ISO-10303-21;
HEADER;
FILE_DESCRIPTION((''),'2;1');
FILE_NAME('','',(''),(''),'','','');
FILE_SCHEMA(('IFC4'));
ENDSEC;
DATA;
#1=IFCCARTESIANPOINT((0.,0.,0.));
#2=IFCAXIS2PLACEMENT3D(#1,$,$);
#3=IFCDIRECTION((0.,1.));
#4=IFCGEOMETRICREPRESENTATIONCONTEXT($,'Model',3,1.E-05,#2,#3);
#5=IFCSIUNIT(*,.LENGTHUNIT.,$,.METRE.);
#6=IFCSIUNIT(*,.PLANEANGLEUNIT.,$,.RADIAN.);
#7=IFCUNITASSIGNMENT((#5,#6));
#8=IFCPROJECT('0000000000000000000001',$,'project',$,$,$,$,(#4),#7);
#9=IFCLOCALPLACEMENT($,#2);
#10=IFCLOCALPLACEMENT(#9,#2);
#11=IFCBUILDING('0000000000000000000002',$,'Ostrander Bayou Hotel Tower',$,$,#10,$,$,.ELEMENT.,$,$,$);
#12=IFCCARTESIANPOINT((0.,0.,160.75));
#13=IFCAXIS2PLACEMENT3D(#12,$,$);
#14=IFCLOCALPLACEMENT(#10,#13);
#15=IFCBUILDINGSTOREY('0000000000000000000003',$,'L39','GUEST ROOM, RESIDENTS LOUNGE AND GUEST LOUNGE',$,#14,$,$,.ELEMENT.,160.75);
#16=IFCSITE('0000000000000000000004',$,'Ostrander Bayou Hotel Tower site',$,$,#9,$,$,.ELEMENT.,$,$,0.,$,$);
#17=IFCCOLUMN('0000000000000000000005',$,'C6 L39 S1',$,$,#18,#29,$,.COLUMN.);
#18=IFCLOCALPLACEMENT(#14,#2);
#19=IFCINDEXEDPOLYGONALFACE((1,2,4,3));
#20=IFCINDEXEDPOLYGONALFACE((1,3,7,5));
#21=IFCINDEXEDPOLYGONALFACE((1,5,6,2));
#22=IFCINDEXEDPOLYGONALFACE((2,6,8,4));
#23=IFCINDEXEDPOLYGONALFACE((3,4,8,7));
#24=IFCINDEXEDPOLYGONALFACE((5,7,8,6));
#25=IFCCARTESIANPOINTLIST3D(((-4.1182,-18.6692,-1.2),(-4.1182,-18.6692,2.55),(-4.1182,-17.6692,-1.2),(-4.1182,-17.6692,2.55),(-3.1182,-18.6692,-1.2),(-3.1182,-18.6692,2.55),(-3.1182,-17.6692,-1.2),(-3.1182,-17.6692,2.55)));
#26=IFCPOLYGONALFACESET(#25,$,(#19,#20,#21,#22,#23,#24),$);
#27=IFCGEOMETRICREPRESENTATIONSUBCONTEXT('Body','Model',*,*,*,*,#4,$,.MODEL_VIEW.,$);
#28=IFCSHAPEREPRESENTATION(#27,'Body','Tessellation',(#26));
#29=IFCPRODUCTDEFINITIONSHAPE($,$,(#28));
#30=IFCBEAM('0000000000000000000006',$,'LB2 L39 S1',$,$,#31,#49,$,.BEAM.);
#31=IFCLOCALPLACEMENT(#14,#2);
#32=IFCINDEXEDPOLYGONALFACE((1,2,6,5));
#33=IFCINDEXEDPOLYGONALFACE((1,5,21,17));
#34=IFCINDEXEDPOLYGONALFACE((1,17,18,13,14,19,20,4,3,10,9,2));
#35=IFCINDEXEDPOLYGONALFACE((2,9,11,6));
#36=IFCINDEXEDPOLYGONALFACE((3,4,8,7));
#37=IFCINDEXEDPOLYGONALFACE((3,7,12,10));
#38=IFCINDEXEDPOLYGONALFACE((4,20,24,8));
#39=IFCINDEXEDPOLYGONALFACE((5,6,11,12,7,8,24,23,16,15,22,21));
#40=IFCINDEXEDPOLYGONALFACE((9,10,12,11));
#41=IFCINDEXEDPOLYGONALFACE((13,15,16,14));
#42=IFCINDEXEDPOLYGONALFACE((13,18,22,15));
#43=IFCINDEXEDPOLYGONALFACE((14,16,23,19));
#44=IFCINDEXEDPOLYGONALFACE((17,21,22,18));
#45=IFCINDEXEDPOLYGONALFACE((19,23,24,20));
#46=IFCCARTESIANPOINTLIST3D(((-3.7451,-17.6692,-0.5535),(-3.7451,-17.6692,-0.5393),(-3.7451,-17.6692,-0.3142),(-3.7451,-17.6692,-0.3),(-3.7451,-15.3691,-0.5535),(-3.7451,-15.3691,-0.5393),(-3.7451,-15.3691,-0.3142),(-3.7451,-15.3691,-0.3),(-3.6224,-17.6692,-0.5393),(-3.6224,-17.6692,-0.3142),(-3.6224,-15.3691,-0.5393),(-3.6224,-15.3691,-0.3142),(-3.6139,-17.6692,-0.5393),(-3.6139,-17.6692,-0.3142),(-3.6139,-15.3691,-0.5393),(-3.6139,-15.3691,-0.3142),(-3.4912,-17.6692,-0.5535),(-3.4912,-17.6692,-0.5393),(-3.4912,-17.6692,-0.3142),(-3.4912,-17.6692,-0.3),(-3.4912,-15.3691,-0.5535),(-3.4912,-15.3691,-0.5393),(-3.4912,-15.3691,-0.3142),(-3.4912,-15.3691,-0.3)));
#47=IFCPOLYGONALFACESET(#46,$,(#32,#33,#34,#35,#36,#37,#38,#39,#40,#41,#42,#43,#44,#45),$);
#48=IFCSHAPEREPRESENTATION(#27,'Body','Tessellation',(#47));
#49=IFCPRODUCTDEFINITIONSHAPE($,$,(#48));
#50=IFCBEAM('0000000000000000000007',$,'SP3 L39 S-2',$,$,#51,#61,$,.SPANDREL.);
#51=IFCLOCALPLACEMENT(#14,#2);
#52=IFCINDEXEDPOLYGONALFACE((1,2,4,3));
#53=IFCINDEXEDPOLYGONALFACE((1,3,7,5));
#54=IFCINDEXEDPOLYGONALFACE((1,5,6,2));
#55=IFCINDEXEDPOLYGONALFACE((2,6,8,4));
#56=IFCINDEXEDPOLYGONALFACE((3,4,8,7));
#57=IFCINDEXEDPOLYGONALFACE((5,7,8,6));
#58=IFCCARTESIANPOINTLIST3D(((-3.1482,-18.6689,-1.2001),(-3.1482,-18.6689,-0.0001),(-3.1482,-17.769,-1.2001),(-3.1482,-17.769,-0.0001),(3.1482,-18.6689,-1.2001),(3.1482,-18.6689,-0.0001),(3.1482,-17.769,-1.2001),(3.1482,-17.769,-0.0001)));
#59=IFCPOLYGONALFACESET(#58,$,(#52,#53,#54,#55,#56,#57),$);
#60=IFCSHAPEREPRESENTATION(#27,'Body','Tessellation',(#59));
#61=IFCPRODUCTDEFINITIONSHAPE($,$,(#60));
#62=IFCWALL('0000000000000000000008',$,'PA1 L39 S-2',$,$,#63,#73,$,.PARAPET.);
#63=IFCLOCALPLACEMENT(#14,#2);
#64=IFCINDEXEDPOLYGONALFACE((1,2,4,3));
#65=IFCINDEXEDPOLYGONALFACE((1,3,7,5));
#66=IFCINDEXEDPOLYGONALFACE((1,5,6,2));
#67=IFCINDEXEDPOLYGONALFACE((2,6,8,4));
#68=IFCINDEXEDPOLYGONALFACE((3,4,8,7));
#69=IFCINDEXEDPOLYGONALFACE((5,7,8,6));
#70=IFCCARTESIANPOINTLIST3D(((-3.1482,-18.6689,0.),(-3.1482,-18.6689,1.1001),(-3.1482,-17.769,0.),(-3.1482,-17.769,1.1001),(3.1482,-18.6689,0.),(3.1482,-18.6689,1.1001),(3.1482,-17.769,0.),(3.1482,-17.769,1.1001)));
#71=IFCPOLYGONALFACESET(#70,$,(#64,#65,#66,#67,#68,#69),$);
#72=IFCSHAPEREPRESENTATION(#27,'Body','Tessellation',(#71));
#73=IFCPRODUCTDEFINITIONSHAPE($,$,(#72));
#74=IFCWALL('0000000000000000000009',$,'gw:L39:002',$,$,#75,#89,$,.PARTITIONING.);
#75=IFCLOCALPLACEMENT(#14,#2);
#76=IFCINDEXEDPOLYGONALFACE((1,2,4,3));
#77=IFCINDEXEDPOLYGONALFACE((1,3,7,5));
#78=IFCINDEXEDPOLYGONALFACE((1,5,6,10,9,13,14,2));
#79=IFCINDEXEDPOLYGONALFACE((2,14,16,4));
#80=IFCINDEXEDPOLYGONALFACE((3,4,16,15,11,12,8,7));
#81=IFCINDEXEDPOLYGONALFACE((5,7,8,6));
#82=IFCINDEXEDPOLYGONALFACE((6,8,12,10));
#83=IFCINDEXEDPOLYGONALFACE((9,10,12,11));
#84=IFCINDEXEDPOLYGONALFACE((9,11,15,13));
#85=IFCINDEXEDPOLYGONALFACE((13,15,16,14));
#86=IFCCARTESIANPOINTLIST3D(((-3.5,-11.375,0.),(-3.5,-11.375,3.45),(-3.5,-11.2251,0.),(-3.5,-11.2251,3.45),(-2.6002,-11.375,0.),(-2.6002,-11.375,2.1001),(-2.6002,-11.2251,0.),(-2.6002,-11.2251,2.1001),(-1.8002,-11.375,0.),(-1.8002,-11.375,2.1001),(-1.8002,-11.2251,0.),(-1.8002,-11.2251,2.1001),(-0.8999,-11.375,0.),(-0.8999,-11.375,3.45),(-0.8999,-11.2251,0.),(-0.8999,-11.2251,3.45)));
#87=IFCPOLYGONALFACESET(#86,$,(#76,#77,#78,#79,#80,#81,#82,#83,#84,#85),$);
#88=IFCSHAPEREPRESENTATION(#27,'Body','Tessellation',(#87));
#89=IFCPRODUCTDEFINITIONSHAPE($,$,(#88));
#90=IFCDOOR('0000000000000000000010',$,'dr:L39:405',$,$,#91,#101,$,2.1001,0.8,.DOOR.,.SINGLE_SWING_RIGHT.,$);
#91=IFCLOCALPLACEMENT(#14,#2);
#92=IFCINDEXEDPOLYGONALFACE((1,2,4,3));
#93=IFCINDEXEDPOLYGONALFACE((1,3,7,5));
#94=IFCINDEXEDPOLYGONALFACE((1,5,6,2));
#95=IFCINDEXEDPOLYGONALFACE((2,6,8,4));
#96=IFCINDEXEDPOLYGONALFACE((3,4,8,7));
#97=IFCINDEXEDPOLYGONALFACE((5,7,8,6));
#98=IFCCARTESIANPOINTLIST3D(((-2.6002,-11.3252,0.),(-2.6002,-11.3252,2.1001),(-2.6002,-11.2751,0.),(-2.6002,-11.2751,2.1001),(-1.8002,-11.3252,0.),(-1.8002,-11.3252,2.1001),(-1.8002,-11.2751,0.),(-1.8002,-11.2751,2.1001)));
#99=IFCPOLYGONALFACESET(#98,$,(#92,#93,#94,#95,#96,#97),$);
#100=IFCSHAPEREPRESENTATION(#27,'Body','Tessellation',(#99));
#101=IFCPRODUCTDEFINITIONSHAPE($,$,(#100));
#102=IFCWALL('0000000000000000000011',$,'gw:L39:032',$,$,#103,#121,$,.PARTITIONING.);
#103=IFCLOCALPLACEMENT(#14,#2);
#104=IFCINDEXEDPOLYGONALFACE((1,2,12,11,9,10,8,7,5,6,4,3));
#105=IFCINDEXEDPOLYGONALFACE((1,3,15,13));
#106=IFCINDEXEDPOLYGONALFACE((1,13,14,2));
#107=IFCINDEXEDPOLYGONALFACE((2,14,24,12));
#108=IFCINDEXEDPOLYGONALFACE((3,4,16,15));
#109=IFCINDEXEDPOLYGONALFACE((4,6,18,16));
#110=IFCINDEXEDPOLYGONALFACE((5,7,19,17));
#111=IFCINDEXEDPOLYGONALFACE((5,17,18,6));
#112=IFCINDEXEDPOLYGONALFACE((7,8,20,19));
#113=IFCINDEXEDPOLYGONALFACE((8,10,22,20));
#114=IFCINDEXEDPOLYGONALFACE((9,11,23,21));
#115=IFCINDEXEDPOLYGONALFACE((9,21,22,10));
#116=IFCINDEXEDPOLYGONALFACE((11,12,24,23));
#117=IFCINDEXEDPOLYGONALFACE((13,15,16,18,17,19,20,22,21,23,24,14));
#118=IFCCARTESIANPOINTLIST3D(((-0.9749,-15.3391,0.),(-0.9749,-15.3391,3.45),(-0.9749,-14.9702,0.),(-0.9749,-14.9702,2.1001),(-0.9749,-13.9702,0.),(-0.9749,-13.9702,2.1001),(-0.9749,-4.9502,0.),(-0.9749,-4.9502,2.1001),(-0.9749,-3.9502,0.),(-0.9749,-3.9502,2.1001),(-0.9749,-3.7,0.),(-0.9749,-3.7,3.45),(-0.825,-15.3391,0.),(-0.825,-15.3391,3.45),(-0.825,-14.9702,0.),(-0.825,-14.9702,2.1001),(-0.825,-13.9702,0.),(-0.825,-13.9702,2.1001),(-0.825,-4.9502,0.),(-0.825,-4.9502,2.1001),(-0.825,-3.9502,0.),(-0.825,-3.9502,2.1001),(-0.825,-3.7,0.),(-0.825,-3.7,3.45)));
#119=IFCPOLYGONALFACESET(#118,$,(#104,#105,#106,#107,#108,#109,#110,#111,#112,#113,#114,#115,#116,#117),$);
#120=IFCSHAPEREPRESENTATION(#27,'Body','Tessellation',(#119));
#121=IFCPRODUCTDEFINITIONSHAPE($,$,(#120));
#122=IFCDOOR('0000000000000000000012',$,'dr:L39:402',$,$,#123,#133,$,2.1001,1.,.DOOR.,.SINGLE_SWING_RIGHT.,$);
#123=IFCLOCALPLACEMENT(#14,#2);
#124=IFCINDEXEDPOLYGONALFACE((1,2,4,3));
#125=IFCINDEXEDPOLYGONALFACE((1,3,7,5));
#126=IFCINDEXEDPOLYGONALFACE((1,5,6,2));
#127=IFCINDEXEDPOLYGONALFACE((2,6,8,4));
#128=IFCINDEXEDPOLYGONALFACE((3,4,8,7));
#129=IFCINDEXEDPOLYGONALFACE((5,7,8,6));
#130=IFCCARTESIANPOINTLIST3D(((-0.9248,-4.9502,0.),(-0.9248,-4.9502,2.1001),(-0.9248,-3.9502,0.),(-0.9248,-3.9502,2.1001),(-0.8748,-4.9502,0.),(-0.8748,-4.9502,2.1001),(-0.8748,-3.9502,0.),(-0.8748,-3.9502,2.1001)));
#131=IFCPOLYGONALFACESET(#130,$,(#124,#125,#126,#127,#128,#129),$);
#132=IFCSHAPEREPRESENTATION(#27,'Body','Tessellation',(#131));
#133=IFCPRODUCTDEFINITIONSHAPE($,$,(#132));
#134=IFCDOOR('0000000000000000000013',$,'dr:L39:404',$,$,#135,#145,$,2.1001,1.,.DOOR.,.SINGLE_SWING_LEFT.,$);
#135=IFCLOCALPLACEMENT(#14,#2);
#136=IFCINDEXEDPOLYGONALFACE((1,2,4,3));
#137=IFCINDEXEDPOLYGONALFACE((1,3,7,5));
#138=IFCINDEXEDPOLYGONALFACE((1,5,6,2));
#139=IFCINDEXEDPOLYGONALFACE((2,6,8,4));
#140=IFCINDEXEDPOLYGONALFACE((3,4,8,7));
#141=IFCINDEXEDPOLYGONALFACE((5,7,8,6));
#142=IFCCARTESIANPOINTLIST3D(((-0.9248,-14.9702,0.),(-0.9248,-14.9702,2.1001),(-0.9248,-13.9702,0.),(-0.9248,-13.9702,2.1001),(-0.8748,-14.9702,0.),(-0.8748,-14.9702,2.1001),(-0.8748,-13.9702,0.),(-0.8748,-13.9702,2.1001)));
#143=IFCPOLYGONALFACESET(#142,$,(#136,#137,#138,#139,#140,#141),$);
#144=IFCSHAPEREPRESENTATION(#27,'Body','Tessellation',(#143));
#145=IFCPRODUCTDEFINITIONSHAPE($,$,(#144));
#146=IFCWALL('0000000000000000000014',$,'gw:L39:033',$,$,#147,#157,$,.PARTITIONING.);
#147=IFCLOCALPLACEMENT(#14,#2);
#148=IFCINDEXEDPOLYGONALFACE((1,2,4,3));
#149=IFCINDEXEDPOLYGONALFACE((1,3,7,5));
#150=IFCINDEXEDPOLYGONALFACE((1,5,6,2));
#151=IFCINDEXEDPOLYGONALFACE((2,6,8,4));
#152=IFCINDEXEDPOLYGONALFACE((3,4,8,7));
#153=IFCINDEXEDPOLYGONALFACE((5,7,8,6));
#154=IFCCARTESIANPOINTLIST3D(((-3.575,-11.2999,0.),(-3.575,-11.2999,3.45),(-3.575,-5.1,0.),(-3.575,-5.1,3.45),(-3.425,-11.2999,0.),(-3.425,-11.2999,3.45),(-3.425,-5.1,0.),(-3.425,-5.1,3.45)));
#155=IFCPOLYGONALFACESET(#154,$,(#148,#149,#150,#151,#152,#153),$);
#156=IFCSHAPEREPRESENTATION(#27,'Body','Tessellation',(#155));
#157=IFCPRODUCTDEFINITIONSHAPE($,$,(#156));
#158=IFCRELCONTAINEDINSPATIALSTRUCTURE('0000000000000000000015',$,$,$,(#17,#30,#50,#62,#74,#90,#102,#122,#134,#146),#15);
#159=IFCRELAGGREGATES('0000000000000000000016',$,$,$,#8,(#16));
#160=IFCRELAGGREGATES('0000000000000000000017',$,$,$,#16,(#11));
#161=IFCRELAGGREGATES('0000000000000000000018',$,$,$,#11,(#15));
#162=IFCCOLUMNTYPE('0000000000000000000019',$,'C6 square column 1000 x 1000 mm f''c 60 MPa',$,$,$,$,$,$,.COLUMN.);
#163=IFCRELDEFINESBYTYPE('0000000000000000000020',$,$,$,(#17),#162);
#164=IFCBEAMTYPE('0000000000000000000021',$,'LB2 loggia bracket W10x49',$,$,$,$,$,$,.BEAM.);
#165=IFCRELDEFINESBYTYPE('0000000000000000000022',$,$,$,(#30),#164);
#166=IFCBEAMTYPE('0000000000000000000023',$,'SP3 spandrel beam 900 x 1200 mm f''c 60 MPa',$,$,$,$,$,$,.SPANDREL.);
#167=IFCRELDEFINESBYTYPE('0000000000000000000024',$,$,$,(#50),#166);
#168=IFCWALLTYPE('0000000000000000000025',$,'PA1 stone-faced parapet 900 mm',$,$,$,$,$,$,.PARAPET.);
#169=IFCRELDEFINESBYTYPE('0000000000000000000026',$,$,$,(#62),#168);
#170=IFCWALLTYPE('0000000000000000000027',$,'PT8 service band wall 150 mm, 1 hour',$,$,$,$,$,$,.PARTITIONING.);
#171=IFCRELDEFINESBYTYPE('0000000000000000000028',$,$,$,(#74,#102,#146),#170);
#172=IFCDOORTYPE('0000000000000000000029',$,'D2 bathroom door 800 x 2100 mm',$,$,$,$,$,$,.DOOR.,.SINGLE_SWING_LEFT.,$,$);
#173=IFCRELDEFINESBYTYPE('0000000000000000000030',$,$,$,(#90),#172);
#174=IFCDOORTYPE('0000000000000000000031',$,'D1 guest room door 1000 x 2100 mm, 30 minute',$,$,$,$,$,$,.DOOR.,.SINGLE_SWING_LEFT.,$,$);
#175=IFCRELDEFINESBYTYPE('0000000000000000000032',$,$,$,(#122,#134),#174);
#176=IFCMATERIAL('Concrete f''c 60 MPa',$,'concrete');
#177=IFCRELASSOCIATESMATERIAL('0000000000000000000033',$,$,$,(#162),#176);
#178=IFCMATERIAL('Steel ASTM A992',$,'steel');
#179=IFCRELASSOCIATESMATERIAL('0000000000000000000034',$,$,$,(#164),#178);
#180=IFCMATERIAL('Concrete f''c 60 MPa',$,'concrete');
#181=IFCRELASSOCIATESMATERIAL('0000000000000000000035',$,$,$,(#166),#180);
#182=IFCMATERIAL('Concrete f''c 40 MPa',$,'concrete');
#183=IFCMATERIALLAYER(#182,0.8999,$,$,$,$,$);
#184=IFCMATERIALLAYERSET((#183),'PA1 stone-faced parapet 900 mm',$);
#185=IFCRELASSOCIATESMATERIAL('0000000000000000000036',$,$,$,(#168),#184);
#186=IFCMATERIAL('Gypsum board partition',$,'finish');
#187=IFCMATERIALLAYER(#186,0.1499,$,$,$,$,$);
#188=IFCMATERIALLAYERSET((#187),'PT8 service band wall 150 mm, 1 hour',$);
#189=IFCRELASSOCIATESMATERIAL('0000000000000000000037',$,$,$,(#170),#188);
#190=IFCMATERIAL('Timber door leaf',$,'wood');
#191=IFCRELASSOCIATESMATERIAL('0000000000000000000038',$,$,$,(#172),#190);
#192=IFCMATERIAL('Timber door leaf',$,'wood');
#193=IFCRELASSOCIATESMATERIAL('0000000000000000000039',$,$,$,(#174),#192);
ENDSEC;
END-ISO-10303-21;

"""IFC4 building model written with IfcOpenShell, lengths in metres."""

from ifc_helpers import new_model, si_unit, direction, frame, frame_2d, origin, origin_2d, place, context, subcontext, project, spatial, rectangle, i_section, extrude, material, layer, layer_set, material_profile, profile_set, type_object, element, fill, save


model = new_model("IFC4")

# Units and contexts
model_context = context("Model", 3, precision=1e-05, world=origin(), true_north=direction((0.0, 1.0)))
body_context = subcontext(model_context, "Body", "Model", "MODEL_VIEW")
ifc_project = project(units=[si_unit("LENGTHUNIT", "METRE"), si_unit("PLANEANGLEUNIT", "RADIAN")], contexts=[model_context])

# Site, building, storey
site_placement = place(None, origin())
site = spatial("IfcSite", under=ifc_project, at=site_placement, Name="Ostrander Bayou Hotel Tower site", CompositionType="ELEMENT", RefElevation=0.0)
building_placement = place(site_placement, origin())
building = spatial("IfcBuilding", under=site, at=building_placement, Name="Ostrander Bayou Hotel Tower", CompositionType="ELEMENT")
storey_placement = place(building_placement, frame((0.0, 0.0, 160.75)))
storey = spatial("IfcBuildingStorey", under=building, at=storey_placement, Name="L39", Description="GUEST ROOM, RESIDENTS LOUNGE AND GUEST LOUNGE", CompositionType="ELEMENT", Elevation=160.75)

# Column
ifc_material_1 = material(Name="Concrete f'c 60 MPa", Category="concrete")
ifc_material_profile_1 = material_profile(ifc_material_1, rectangle(XDim=1.0, YDim=1.0, at=origin_2d()))
ifc_profile_set_1 = profile_set([ifc_material_profile_1], Name="Concrete f'c 60 MPa")
column_type = type_object("IfcColumnType", Name="C6 square column 1000 x 1000 mm f'c 60 MPa", PredefinedType="COLUMN", material=ifc_profile_set_1)
column_placement = place(storey_placement, frame((-3.6182, -18.1692, -1.2), z_axis=(0.0, 0.0, 1.0), x_axis=(-1.0, 0.0, 0.0)))
element("IfcColumn", 1, at=column_placement, inside=storey, type_object=column_type, Name="C6 L39 S1", PredefinedType="COLUMN", context=body_context, shape_type="SweptSolid", body=[
    extrude(rectangle(XDim=1.0, YDim=1.0, at=origin_2d()), origin(), (0.0, 0.0, 1.0), 3.75),
])

# Beams
ifc_material_2 = material(Name="Steel ASTM A992", Category="steel")
ifc_material_profile_2 = material_profile(ifc_material_2, i_section(OverallWidth=0.2539, OverallDepth=0.2534, WebThickness=0.0085, FlangeThickness=0.0142, at=origin_2d()))
ifc_profile_set_2 = profile_set([ifc_material_profile_2], Name="Steel ASTM A992")
beam_type_1 = type_object("IfcBeamType", Name="LB2 loggia bracket W10x49", PredefinedType="BEAM", material=ifc_profile_set_2)
beam_1_placement = place(storey_placement, frame((-3.6182, -17.6692, -0.4268), z_axis=(0.0, 1.0, 0.0), x_axis=(-1.0, 0.0, 0.0)))
element("IfcBeam", 2, at=beam_1_placement, inside=storey, type_object=beam_type_1, Name="LB2 L39 S1", PredefinedType="BEAM", context=body_context, shape_type="SweptSolid", body=[
    extrude(i_section(OverallWidth=0.2539, OverallDepth=0.2534, WebThickness=0.0085, FlangeThickness=0.0142, at=origin_2d()), origin(), (0.0, 0.0, 1.0), 2.3),
])
ifc_material_3 = material(Name="Concrete f'c 60 MPa", Category="concrete")
ifc_material_profile_3 = material_profile(ifc_material_3, rectangle(XDim=0.8999, YDim=1.2, at=origin_2d()))
ifc_profile_set_3 = profile_set([ifc_material_profile_3], Name="Concrete f'c 60 MPa")
beam_type_2 = type_object("IfcBeamType", Name="SP3 spandrel beam 900 x 1200 mm f'c 60 MPa", PredefinedType="SPANDREL", material=ifc_profile_set_3)
beam_2_placement = place(storey_placement, frame((-3.1482, -18.219, -0.6001), z_axis=(1.0, 0.0, 0.0), x_axis=(0.0, 1.0, 0.0)))
element("IfcBeam", 3, at=beam_2_placement, inside=storey, type_object=beam_type_2, Name="SP3 L39 S-2", PredefinedType="SPANDREL", context=body_context, shape_type="SweptSolid", body=[
    extrude(rectangle(XDim=0.8999, YDim=1.2, at=origin_2d()), origin(), (0.0, 0.0, 1.0), 6.2964),
])

# Wall
ifc_material_4 = material(Name="Concrete f'c 40 MPa", Category="concrete")
ifc_layer_1 = layer(ifc_material_4, 0.8999)
ifc_layer_set_1 = layer_set([ifc_layer_1], Name="PA1 stone-faced parapet 900 mm")
wall_type_1 = type_object("IfcWallType", Name="PA1 stone-faced parapet 900 mm", PredefinedType="PARAPET", material=ifc_layer_set_1)
wall_1_placement = place(storey_placement, frame((-3.1482, -18.219, 0.0), z_axis=(0.0, 0.0, 1.0), x_axis=(1.0, 0.0, 0.0)))
element("IfcWall", 4, at=wall_1_placement, inside=storey, type_object=wall_type_1, Name="PA1 L39 S-2", PredefinedType="PARAPET", context=body_context, shape_type="SweptSolid", body=[
    extrude(rectangle(XDim=6.2964, YDim=0.8999, at=frame_2d((3.1482, 0.0))), origin(), (0.0, 0.0, 1.0), 1.1001),
])

# Wall, opening, door
ifc_material_5 = material(Name="Gypsum board partition", Category="finish")
ifc_layer_2 = layer(ifc_material_5, 0.1499)
ifc_layer_set_2 = layer_set([ifc_layer_2], Name="PT8 service band wall 150 mm, 1 hour")
wall_type_2 = type_object("IfcWallType", Name="PT8 service band wall 150 mm, 1 hour", PredefinedType="PARTITIONING", material=ifc_layer_set_2)
wall_2_placement = place(storey_placement, frame((-3.5, -11.3, 0.0), z_axis=(0.0, 0.0, 1.0), x_axis=(1.0, 0.0, 0.0)))
wall_2 = element("IfcWall", 5, at=wall_2_placement, inside=storey, type_object=wall_type_2, Name="gw:L39:002", PredefinedType="PARTITIONING", context=body_context, shape_type="SweptSolid", body=[
    extrude(rectangle(XDim=2.6001, YDim=0.1499, at=frame_2d((1.3, 0.0))), origin(), (0.0, 0.0, 1.0), 3.45),
])
opening_1_placement = place(wall_2_placement, frame((0.8999, 0.0, 0.0)))
opening_1 = element("IfcOpeningElement", 6, at=opening_1_placement, cuts=wall_2, PredefinedType="OPENING", context=body_context, shape_type="SweptSolid", body=[
    extrude(rectangle(XDim=0.8, YDim=2.1001, at=frame_2d((0.3999, 1.05))), frame((0.0, 0.075, 0.0), z_axis=(0.0, -1.0, 0.0), x_axis=(1.0, 0.0, 0.0)), (0.0, 0.0, 1.0), 0.1499),
])
ifc_material_6 = material(Name="Timber door leaf", Category="wood")
door_type_1 = type_object("IfcDoorType", Name="D2 bathroom door 800 x 2100 mm", OperationType="SINGLE_SWING_LEFT", PredefinedType="DOOR", material=ifc_material_6)
door_1_placement = place(opening_1_placement, origin())
door_1 = element("IfcDoor", 7, at=door_1_placement, inside=storey, type_object=door_type_1, Name="dr:L39:405", OperationType="SINGLE_SWING_RIGHT", OverallHeight=2.1001, OverallWidth=0.8, PredefinedType="DOOR", context=body_context, shape_type="SweptSolid", body=[
    extrude(rectangle(XDim=0.8, YDim=2.1001, at=frame_2d((0.3999, 1.05))), frame((0.0, 0.0249, 0.0), z_axis=(0.0, -1.0, 0.0), x_axis=(1.0, 0.0, 0.0)), (0.0, 0.0, 1.0), 0.05),
])
fill(opening_1, door_1)

# Wall, openings, doors
wall_3_placement = place(storey_placement, frame((-0.8999, -15.3391, 0.0), z_axis=(0.0, 0.0, 1.0), x_axis=(0.0, 1.0, 0.0)))
wall_3 = element("IfcWall", 8, at=wall_3_placement, inside=storey, type_object=wall_type_2, Name="gw:L39:032", PredefinedType="PARTITIONING", context=body_context, shape_type="SweptSolid", body=[
    extrude(rectangle(XDim=11.6392, YDim=0.1499, at=frame_2d((5.8196, 0.0))), origin(), (0.0, 0.0, 1.0), 3.45),
])
opening_2_placement = place(wall_3_placement, frame((10.3889, 0.0, 0.0)))
opening_2 = element("IfcOpeningElement", 9, at=opening_2_placement, cuts=wall_3, PredefinedType="OPENING", context=body_context, shape_type="SweptSolid", body=[
    extrude(rectangle(XDim=1.0, YDim=2.1001, at=frame_2d((0.5, 1.05))), frame((0.0, 0.075, 0.0), z_axis=(0.0, -1.0, 0.0), x_axis=(1.0, 0.0, 0.0)), (0.0, 0.0, 1.0), 0.1499),
])
opening_3_placement = place(wall_3_placement, frame((0.3689, 0.0, 0.0)))
opening_3 = element("IfcOpeningElement", 10, at=opening_3_placement, cuts=wall_3, PredefinedType="OPENING", context=body_context, shape_type="SweptSolid", body=[
    extrude(rectangle(XDim=1.0, YDim=2.1001, at=frame_2d((0.5, 1.05))), frame((0.0, 0.075, 0.0), z_axis=(0.0, -1.0, 0.0), x_axis=(1.0, 0.0, 0.0)), (0.0, 0.0, 1.0), 0.1499),
])
ifc_material_7 = material(Name="Timber door leaf", Category="wood")
door_type_2 = type_object("IfcDoorType", Name="D1 guest room door 1000 x 2100 mm, 30 minute", OperationType="SINGLE_SWING_LEFT", PredefinedType="DOOR", material=ifc_material_7)
door_2_placement = place(opening_2_placement, origin())
door_2 = element("IfcDoor", 11, at=door_2_placement, inside=storey, type_object=door_type_2, Name="dr:L39:402", OperationType="SINGLE_SWING_RIGHT", OverallHeight=2.1001, OverallWidth=1.0, PredefinedType="DOOR", context=body_context, shape_type="SweptSolid", body=[
    extrude(rectangle(XDim=1.0, YDim=2.1001, at=frame_2d((0.5, 1.05))), frame((0.0, 0.0249, 0.0), z_axis=(0.0, -1.0, 0.0), x_axis=(1.0, 0.0, 0.0)), (0.0, 0.0, 1.0), 0.05),
])
fill(opening_2, door_2)
door_3_placement = place(opening_3_placement, origin())
door_3 = element("IfcDoor", 12, at=door_3_placement, inside=storey, type_object=door_type_2, Name="dr:L39:404", OperationType="SINGLE_SWING_LEFT", OverallHeight=2.1001, OverallWidth=1.0, PredefinedType="DOOR", context=body_context, shape_type="SweptSolid", body=[
    extrude(rectangle(XDim=1.0, YDim=2.1001, at=frame_2d((0.5, 1.05))), frame((0.0, 0.0249, 0.0), z_axis=(0.0, -1.0, 0.0), x_axis=(1.0, 0.0, 0.0)), (0.0, 0.0, 1.0), 0.05),
])
fill(opening_3, door_3)

# Wall
wall_4_placement = place(storey_placement, frame((-3.5, -11.3, 0.0), z_axis=(0.0, 0.0, 1.0), x_axis=(0.0, 1.0, 0.0)))
element("IfcWall", 13, at=wall_4_placement, inside=storey, type_object=wall_type_2, Name="gw:L39:033", PredefinedType="PARTITIONING", context=body_context, shape_type="SweptSolid", body=[
    extrude(rectangle(XDim=6.2, YDim=0.1499, at=frame_2d((3.1001, 0.0))), origin(), (0.0, 0.0, 1.0), 3.45),
])

save(model, "model.ifc")
